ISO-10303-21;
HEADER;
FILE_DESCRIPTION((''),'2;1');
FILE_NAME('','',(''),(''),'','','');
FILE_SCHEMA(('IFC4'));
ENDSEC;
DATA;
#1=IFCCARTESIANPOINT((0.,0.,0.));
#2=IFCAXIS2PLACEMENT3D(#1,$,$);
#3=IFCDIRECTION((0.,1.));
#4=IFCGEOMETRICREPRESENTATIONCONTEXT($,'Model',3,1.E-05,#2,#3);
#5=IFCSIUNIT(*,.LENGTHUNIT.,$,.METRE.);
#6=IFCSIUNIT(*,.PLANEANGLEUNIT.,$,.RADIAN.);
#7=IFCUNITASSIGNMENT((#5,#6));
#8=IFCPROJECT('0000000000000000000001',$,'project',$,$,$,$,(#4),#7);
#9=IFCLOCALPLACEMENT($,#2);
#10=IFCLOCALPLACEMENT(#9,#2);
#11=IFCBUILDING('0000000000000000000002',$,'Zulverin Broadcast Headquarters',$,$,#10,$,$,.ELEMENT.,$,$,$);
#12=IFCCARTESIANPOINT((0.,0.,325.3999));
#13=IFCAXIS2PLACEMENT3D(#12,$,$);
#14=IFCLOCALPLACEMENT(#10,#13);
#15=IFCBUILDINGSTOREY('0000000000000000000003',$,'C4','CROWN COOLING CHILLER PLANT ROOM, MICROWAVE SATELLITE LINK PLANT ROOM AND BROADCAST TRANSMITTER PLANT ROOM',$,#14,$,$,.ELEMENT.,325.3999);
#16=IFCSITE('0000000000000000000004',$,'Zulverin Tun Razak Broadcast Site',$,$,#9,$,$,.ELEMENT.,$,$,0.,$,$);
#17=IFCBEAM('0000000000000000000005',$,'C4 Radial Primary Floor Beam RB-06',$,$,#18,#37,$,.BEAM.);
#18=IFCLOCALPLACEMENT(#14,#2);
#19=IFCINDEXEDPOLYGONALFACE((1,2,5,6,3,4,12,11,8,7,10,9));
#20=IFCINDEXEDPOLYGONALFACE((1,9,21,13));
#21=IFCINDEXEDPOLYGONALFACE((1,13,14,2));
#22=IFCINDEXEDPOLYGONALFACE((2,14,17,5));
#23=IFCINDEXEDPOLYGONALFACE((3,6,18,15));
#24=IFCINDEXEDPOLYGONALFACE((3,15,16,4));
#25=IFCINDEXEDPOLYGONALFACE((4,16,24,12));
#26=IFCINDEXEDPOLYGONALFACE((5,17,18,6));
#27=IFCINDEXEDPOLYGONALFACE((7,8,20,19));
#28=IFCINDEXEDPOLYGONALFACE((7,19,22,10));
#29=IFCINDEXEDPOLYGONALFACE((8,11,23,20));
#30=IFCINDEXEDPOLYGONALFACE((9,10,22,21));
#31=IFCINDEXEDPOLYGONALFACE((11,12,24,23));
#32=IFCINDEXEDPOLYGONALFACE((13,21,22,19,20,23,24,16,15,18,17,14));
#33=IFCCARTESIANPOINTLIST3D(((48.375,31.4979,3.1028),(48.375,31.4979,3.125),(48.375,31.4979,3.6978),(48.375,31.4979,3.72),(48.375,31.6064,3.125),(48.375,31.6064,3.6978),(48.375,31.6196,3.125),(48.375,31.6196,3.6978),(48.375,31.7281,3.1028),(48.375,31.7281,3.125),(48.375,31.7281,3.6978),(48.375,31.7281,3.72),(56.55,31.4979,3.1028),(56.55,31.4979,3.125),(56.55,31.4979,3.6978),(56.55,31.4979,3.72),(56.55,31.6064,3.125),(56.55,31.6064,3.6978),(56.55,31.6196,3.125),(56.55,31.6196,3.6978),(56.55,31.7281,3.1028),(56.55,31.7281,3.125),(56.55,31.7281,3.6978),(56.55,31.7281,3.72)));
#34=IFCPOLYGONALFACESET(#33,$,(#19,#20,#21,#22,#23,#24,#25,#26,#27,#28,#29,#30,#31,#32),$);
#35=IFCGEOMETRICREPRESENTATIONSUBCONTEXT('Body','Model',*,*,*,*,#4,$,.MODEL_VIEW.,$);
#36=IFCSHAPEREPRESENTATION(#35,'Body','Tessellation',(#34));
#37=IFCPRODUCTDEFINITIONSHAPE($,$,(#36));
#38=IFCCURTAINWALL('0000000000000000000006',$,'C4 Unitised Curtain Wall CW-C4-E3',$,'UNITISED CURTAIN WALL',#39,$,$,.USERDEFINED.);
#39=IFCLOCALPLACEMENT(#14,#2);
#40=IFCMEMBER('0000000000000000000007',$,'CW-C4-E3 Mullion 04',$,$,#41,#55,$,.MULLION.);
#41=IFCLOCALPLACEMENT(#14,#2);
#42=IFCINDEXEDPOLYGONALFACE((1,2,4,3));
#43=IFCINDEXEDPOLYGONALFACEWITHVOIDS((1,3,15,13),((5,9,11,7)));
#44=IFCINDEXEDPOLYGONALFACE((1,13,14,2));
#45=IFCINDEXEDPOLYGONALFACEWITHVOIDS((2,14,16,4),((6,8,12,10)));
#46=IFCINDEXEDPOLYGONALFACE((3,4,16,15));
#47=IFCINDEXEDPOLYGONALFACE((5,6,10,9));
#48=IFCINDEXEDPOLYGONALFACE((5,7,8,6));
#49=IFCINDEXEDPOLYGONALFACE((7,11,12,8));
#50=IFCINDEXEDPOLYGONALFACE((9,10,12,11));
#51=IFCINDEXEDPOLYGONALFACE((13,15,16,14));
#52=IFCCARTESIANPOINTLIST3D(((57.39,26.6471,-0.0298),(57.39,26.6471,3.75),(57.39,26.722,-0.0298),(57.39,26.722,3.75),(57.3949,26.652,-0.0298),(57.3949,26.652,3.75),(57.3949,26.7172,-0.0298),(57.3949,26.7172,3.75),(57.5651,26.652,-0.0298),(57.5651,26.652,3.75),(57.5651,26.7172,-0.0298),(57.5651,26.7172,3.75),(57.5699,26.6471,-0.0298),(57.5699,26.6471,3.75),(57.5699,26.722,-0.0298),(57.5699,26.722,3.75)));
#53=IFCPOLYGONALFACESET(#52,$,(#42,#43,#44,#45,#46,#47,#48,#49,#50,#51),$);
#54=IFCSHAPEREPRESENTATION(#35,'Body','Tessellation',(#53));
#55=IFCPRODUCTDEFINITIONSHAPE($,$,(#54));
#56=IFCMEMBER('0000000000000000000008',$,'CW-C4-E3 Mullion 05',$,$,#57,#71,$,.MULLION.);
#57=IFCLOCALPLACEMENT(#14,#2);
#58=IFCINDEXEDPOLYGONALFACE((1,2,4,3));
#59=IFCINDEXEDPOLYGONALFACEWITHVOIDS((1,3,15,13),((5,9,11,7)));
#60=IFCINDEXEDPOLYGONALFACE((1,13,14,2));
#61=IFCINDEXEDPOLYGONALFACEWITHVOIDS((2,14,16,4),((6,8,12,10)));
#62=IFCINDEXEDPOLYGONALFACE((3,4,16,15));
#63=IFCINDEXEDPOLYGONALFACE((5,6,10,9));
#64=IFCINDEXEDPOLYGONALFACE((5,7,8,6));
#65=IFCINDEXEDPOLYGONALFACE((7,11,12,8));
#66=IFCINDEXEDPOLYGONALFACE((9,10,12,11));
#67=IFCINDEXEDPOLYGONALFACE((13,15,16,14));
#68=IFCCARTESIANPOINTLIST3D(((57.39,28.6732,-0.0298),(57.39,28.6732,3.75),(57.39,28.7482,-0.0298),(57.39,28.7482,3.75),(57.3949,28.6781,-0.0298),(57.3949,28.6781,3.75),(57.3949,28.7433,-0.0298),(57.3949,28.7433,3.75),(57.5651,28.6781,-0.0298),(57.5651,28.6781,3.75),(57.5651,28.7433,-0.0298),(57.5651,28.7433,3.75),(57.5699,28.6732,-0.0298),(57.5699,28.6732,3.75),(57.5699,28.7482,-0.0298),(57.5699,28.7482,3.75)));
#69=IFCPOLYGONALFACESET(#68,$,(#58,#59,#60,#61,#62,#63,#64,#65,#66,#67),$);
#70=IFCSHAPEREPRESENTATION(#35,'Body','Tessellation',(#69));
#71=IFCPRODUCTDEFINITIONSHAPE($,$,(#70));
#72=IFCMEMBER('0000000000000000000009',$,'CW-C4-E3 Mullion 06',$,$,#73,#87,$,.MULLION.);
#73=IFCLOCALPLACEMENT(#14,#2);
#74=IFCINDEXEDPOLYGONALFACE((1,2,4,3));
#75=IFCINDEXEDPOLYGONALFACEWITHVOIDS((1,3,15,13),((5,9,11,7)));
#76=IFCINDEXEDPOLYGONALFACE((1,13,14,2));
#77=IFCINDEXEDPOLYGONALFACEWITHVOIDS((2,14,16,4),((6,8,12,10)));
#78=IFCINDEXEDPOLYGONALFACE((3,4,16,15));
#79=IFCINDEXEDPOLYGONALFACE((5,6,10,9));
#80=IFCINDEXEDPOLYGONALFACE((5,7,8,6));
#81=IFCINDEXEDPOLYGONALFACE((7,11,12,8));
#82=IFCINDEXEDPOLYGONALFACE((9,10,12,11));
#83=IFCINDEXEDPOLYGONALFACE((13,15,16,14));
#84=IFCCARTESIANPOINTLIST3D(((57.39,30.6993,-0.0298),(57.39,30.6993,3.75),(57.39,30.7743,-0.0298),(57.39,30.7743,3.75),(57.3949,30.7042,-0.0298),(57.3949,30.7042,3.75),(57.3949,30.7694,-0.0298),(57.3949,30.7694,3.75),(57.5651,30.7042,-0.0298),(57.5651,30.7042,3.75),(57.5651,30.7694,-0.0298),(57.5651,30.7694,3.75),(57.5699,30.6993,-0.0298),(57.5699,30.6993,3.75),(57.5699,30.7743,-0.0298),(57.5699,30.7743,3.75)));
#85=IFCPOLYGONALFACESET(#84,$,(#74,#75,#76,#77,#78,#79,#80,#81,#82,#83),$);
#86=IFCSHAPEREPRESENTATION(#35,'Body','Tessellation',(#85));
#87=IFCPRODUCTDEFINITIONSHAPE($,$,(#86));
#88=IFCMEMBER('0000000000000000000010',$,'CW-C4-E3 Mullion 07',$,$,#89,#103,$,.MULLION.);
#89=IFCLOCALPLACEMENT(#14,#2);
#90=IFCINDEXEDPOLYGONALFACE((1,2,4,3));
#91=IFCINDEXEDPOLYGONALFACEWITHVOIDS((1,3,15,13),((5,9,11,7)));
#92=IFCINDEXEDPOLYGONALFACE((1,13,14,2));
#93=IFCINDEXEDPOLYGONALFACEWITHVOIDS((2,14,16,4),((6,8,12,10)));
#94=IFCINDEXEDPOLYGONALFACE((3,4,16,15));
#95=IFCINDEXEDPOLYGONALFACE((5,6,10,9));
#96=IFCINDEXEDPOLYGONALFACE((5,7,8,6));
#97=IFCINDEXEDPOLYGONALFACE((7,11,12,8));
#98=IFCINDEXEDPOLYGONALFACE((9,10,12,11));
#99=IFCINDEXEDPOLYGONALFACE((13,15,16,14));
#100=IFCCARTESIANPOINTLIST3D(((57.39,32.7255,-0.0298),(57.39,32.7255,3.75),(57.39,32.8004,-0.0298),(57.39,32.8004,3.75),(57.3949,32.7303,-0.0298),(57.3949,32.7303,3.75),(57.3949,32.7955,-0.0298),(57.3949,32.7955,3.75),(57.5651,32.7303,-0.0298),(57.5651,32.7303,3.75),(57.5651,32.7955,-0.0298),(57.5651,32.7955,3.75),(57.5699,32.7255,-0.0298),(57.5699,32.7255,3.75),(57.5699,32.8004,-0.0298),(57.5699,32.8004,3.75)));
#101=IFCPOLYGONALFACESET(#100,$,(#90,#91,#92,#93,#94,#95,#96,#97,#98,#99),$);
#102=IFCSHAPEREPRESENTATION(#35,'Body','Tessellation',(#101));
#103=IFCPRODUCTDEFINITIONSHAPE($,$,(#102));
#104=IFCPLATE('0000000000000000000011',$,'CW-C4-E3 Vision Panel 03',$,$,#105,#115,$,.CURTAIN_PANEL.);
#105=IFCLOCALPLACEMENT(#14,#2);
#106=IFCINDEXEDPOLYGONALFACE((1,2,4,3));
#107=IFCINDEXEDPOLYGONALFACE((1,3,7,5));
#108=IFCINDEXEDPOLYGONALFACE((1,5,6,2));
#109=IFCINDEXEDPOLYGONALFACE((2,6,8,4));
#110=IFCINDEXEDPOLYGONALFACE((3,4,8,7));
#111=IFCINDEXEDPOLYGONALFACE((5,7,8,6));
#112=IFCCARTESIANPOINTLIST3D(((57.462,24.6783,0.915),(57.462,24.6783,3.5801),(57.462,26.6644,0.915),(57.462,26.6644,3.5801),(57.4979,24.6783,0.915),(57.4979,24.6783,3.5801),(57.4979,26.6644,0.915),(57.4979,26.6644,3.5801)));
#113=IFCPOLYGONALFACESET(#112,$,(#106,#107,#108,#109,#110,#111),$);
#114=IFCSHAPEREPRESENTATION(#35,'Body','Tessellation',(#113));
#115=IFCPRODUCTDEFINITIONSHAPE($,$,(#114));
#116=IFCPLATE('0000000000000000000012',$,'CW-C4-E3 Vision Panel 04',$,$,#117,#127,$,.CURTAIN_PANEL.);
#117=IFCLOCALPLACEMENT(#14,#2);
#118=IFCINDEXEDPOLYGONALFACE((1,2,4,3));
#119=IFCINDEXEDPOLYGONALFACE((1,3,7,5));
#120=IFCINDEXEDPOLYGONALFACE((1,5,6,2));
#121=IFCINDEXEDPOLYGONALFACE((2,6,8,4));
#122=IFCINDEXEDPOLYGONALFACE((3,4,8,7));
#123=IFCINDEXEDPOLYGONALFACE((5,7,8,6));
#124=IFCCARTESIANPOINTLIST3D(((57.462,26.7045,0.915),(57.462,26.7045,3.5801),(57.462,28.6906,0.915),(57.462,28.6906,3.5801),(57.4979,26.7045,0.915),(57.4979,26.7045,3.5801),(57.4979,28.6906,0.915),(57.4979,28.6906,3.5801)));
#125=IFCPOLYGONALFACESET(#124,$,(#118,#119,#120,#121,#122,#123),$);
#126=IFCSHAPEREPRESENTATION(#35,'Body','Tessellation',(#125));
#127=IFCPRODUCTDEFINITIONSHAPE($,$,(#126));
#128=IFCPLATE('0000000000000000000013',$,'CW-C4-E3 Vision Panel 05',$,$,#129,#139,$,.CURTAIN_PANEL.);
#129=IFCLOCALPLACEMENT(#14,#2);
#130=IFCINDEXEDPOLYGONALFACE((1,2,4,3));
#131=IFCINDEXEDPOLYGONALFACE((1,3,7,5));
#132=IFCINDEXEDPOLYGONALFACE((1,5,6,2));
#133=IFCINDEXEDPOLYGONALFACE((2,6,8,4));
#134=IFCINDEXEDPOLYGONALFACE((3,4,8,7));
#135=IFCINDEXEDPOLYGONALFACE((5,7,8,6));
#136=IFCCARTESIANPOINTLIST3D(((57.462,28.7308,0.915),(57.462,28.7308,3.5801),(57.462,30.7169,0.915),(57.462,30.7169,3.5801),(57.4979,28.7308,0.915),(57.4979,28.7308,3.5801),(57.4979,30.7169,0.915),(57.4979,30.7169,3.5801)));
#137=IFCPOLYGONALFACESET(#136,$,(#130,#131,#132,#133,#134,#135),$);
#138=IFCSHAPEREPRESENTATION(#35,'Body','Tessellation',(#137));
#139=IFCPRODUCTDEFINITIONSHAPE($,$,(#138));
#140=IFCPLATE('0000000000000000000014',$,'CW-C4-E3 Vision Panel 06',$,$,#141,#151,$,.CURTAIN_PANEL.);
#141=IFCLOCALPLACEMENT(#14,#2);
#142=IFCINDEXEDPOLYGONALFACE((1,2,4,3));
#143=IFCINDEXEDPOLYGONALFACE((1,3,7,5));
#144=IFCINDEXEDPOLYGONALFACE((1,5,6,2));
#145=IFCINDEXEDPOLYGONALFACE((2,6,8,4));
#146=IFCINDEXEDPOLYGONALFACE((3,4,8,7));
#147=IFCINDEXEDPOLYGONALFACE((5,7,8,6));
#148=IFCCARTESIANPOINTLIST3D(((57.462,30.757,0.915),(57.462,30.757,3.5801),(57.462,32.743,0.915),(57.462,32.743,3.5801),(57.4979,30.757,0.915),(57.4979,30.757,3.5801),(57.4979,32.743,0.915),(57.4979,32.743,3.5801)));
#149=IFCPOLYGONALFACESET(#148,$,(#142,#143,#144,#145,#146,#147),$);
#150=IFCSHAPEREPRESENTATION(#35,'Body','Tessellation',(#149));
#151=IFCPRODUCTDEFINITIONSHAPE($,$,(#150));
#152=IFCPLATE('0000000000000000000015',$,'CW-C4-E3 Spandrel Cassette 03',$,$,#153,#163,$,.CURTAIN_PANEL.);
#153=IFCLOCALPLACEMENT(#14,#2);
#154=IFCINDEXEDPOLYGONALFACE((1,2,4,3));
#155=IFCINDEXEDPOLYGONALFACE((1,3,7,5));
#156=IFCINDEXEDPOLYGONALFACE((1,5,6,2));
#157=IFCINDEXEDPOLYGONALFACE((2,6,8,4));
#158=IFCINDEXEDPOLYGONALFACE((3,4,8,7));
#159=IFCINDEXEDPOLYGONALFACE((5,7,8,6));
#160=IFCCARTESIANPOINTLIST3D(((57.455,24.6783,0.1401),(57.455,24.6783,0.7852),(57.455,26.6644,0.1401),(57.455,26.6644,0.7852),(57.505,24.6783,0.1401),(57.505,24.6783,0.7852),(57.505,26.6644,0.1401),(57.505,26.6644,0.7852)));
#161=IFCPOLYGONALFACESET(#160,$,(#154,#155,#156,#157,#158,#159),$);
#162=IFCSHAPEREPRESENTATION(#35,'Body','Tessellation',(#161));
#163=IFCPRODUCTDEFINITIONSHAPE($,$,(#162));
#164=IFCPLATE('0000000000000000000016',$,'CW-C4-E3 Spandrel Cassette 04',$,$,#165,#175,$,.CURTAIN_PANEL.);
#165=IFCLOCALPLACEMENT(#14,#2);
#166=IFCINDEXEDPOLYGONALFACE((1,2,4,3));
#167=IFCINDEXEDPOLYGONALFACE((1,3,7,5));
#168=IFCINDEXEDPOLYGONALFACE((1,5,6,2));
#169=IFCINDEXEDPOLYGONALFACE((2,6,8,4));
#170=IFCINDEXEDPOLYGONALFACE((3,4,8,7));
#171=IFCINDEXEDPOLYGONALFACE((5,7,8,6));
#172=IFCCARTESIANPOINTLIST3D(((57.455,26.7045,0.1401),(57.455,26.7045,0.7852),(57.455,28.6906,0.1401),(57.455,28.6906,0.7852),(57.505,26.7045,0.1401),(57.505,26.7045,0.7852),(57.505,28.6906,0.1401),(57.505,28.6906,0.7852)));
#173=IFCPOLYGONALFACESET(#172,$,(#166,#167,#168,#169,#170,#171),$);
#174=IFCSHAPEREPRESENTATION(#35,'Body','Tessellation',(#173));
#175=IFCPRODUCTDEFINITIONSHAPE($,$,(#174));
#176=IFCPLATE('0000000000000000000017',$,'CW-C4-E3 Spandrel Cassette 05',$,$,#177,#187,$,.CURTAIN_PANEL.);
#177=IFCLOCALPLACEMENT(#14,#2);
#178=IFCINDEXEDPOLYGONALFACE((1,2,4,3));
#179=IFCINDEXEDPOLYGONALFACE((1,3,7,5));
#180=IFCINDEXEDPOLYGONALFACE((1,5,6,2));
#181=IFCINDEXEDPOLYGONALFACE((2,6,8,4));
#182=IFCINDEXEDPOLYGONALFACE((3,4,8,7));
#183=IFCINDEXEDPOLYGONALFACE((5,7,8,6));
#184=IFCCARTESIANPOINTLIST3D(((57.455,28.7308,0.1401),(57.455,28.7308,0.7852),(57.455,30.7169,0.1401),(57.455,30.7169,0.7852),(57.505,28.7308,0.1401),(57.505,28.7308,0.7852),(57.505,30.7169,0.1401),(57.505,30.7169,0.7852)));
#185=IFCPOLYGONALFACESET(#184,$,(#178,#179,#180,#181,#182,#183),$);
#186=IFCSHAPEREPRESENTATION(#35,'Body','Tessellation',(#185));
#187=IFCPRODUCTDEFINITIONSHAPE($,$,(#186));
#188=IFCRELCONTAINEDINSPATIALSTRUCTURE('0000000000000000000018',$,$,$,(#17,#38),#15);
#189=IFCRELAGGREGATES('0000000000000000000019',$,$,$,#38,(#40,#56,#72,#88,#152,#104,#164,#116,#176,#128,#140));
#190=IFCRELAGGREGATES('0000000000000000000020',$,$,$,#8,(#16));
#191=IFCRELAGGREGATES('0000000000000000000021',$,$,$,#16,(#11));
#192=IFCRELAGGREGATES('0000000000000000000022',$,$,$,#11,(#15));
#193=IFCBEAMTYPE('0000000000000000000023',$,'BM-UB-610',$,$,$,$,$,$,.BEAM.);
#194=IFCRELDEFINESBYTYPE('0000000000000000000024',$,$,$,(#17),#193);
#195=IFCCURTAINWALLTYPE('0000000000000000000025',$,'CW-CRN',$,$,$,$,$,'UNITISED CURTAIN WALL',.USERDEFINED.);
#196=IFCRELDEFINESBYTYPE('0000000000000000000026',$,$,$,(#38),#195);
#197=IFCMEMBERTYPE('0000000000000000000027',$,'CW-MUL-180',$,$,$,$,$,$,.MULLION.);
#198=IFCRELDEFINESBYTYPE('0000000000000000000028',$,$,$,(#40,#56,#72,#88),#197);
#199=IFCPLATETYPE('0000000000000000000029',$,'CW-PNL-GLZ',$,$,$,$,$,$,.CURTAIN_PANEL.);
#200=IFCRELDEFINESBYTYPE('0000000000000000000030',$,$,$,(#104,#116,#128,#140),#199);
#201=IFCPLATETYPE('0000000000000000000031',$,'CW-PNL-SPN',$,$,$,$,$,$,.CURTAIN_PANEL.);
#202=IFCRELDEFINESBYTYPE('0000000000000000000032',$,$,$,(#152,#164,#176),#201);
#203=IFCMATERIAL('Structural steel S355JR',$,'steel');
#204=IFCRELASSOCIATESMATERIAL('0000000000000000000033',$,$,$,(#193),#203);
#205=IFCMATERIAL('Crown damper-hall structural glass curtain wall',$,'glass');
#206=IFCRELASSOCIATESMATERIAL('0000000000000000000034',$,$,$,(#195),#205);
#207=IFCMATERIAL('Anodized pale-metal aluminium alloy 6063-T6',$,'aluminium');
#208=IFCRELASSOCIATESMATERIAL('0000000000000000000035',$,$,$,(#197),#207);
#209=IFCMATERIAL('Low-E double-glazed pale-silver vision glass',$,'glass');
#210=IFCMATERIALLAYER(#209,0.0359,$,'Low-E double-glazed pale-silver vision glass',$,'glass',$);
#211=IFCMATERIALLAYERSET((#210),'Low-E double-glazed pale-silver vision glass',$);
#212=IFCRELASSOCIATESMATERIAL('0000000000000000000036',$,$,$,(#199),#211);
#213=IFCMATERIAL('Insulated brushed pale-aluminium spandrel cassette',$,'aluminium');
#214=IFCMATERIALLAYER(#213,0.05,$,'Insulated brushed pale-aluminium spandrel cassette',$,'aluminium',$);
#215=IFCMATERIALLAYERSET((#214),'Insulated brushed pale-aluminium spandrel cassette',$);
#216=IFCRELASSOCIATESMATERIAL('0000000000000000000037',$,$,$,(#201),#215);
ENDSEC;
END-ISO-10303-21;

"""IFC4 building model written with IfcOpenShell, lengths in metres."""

from ifc_helpers import new_model, si_unit, direction, frame, origin, origin_2d, place, context, subcontext, project, spatial, rectangle, hollow_rectangle, i_section, extrude, material, layer, layer_set, material_profile, profile_set, type_object, element, aggregate, save


model = new_model("IFC4")

# Units and contexts
model_context = context("Model", 3, precision=1e-05, world=origin(), true_north=direction((0.0, 1.0)))
body_context = subcontext(model_context, "Body", "Model", "MODEL_VIEW")
ifc_project = project(units=[si_unit("LENGTHUNIT", "METRE"), si_unit("PLANEANGLEUNIT", "RADIAN")], contexts=[model_context])

# Site, building, storey
site_placement = place(None, origin())
site = spatial("IfcSite", under=ifc_project, at=site_placement, Name="Zulverin Tun Razak Broadcast Site", CompositionType="ELEMENT", RefElevation=0.0)
building_placement = place(site_placement, origin())
building = spatial("IfcBuilding", under=site, at=building_placement, Name="Zulverin Broadcast Headquarters", CompositionType="ELEMENT")
storey_placement = place(building_placement, frame((0.0, 0.0, 325.3999)))
storey = spatial("IfcBuildingStorey", under=building, at=storey_placement, Name="C4", Description="CROWN COOLING CHILLER PLANT ROOM, MICROWAVE SATELLITE LINK PLANT ROOM AND BROADCAST TRANSMITTER PLANT ROOM", CompositionType="ELEMENT", Elevation=325.3999)

# Shared definitions
ifc_material_1 = material(Name="Structural steel S355JR", Category="steel")

# Beam
ifc_material_profile_1 = material_profile(ifc_material_1, i_section(OverallWidth=0.2302, OverallDepth=0.6172, WebThickness=0.0132, FlangeThickness=0.0222, at=origin_2d()), Name="Structural steel S355JR", Category="steel")
ifc_profile_set_1 = profile_set([ifc_material_profile_1], Name="Structural steel S355JR")
beam_type_1 = type_object("IfcBeamType", Name="BM-UB-610", PredefinedType="BEAM", material=ifc_profile_set_1)
beam_1_placement = place(storey_placement, frame((48.375, 31.613, 3.4114), z_axis=(1.0, 0.0, 0.0), x_axis=(0.0, 1.0, 0.0)))
element("IfcBeam", 1, at=beam_1_placement, inside=storey, type_object=beam_type_1, Name="C4 Radial Primary Floor Beam RB-06", PredefinedType="BEAM", context=body_context, shape_type="SweptSolid", body=[
    extrude(i_section(OverallWidth=0.2302, OverallDepth=0.6172, WebThickness=0.0132, FlangeThickness=0.0222, at=origin_2d()), origin(), (0.0, 0.0, 1.0), 8.175),
])

# Curtain wall, members, plates
ifc_material_2 = material(Name="Crown damper-hall structural glass curtain wall", Category="glass")
curtain_wall_type = type_object("IfcCurtainWallType", Name="CW-CRN", ElementType="UNITISED CURTAIN WALL", PredefinedType="USERDEFINED", material=ifc_material_2)
curtain_wall_placement = place(storey_placement, origin())
curtain_wall = element("IfcCurtainWall", 2, at=curtain_wall_placement, inside=storey, type_object=curtain_wall_type, Name="C4 Unitised Curtain Wall CW-C4-E3", ObjectType="UNITISED CURTAIN WALL", PredefinedType="USERDEFINED")
ifc_material_3 = material(Name="Anodized pale-metal aluminium alloy 6063-T6", Category="aluminium")
ifc_material_profile_2 = material_profile(ifc_material_3, hollow_rectangle(XDim=0.075, YDim=0.1799, WallThickness=0.0049, at=origin_2d()), Name="Anodized pale-metal aluminium alloy 6063-T6", Category="aluminium")
ifc_profile_set_2 = profile_set([ifc_material_profile_2], Name="Anodized pale-metal aluminium alloy 6063-T6")
member_type = type_object("IfcMemberType", Name="CW-MUL-180", PredefinedType="MULLION", material=ifc_profile_set_2)
member_1_placement = place(storey_placement, frame((57.48, 26.6846, -0.0298), z_axis=(0.0, 0.0, 1.0), x_axis=(0.0, 1.0, 0.0)))
member_1 = element("IfcMember", 3, at=member_1_placement, type_object=member_type, Name="CW-C4-E3 Mullion 04", PredefinedType="MULLION", context=body_context, shape_type="SweptSolid", body=[
    extrude(hollow_rectangle(XDim=0.075, YDim=0.1799, WallThickness=0.0049, at=origin_2d()), origin(), (0.0, 0.0, 1.0), 3.7798),
])
member_2_placement = place(storey_placement, frame((57.48, 28.7107, -0.0298), z_axis=(0.0, 0.0, 1.0), x_axis=(0.0, 1.0, 0.0)))
member_2 = element("IfcMember", 4, at=member_2_placement, type_object=member_type, Name="CW-C4-E3 Mullion 05", PredefinedType="MULLION", context=body_context, shape_type="SweptSolid", body=[
    extrude(hollow_rectangle(XDim=0.075, YDim=0.1799, WallThickness=0.0049, at=origin_2d()), origin(), (0.0, 0.0, 1.0), 3.7798),
])
member_3_placement = place(storey_placement, frame((57.48, 30.7368, -0.0298), z_axis=(0.0, 0.0, 1.0), x_axis=(0.0, 1.0, 0.0)))
member_3 = element("IfcMember", 5, at=member_3_placement, type_object=member_type, Name="CW-C4-E3 Mullion 06", PredefinedType="MULLION", context=body_context, shape_type="SweptSolid", body=[
    extrude(hollow_rectangle(XDim=0.075, YDim=0.1799, WallThickness=0.0049, at=origin_2d()), origin(), (0.0, 0.0, 1.0), 3.7798),
])
member_4_placement = place(storey_placement, frame((57.48, 32.7629, -0.0298), z_axis=(0.0, 0.0, 1.0), x_axis=(0.0, 1.0, 0.0)))
member_4 = element("IfcMember", 6, at=member_4_placement, type_object=member_type, Name="CW-C4-E3 Mullion 07", PredefinedType="MULLION", context=body_context, shape_type="SweptSolid", body=[
    extrude(hollow_rectangle(XDim=0.075, YDim=0.1799, WallThickness=0.0049, at=origin_2d()), origin(), (0.0, 0.0, 1.0), 3.7798),
])
ifc_material_4 = material(Name="Low-E double-glazed pale-silver vision glass", Category="glass")
ifc_layer_1 = layer(ifc_material_4, 0.0359, Name="Low-E double-glazed pale-silver vision glass", Category="glass")
ifc_layer_set_1 = layer_set([ifc_layer_1], Name="Low-E double-glazed pale-silver vision glass")
plate_type_1 = type_object("IfcPlateType", Name="CW-PNL-GLZ", PredefinedType="CURTAIN_PANEL", material=ifc_layer_set_1)
plate_1_placement = place(storey_placement, frame((57.48, 25.6714, 0.915), z_axis=(0.0, 0.0, 1.0), x_axis=(0.0, 1.0, 0.0)))
plate_1 = element("IfcPlate", 7, at=plate_1_placement, type_object=plate_type_1, Name="CW-C4-E3 Vision Panel 03", PredefinedType="CURTAIN_PANEL", context=body_context, shape_type="SweptSolid", body=[
    extrude(rectangle(XDim=1.9861, YDim=0.0359, at=origin_2d()), origin(), (0.0, 0.0, 1.0), 2.665),
])
plate_2_placement = place(storey_placement, frame((57.48, 27.6975, 0.915), z_axis=(0.0, 0.0, 1.0), x_axis=(0.0, 1.0, 0.0)))
plate_2 = element("IfcPlate", 8, at=plate_2_placement, type_object=plate_type_1, Name="CW-C4-E3 Vision Panel 04", PredefinedType="CURTAIN_PANEL", context=body_context, shape_type="SweptSolid", body=[
    extrude(rectangle(XDim=1.9861, YDim=0.0359, at=origin_2d()), origin(), (0.0, 0.0, 1.0), 2.665),
])
plate_3_placement = place(storey_placement, frame((57.48, 29.7239, 0.915), z_axis=(0.0, 0.0, 1.0), x_axis=(0.0, 1.0, 0.0)))
plate_3 = element("IfcPlate", 9, at=plate_3_placement, type_object=plate_type_1, Name="CW-C4-E3 Vision Panel 05", PredefinedType="CURTAIN_PANEL", context=body_context, shape_type="SweptSolid", body=[
    extrude(rectangle(XDim=1.9861, YDim=0.0359, at=origin_2d()), origin(), (0.0, 0.0, 1.0), 2.665),
])
plate_4_placement = place(storey_placement, frame((57.48, 31.75, 0.915), z_axis=(0.0, 0.0, 1.0), x_axis=(0.0, 1.0, 0.0)))
plate_4 = element("IfcPlate", 10, at=plate_4_placement, type_object=plate_type_1, Name="CW-C4-E3 Vision Panel 06", PredefinedType="CURTAIN_PANEL", context=body_context, shape_type="SweptSolid", body=[
    extrude(rectangle(XDim=1.9861, YDim=0.0359, at=origin_2d()), origin(), (0.0, 0.0, 1.0), 2.665),
])
ifc_material_5 = material(Name="Insulated brushed pale-aluminium spandrel cassette", Category="aluminium")
ifc_layer_2 = layer(ifc_material_5, 0.05, Name="Insulated brushed pale-aluminium spandrel cassette", Category="aluminium")
ifc_layer_set_2 = layer_set([ifc_layer_2], Name="Insulated brushed pale-aluminium spandrel cassette")
plate_type_2 = type_object("IfcPlateType", Name="CW-PNL-SPN", PredefinedType="CURTAIN_PANEL", material=ifc_layer_set_2)
plate_5_placement = place(storey_placement, frame((57.48, 25.6714, 0.1401), z_axis=(0.0, 0.0, 1.0), x_axis=(0.0, 1.0, 0.0)))
plate_5 = element("IfcPlate", 11, at=plate_5_placement, type_object=plate_type_2, Name="CW-C4-E3 Spandrel Cassette 03", PredefinedType="CURTAIN_PANEL", context=body_context, shape_type="SweptSolid", body=[
    extrude(rectangle(XDim=1.9861, YDim=0.05, at=origin_2d()), origin(), (0.0, 0.0, 1.0), 0.645),
])
plate_6_placement = place(storey_placement, frame((57.48, 27.6975, 0.1401), z_axis=(0.0, 0.0, 1.0), x_axis=(0.0, 1.0, 0.0)))
plate_6 = element("IfcPlate", 12, at=plate_6_placement, type_object=plate_type_2, Name="CW-C4-E3 Spandrel Cassette 04", PredefinedType="CURTAIN_PANEL", context=body_context, shape_type="SweptSolid", body=[
    extrude(rectangle(XDim=1.9861, YDim=0.05, at=origin_2d()), origin(), (0.0, 0.0, 1.0), 0.645),
])
plate_7_placement = place(storey_placement, frame((57.48, 29.7239, 0.1401), z_axis=(0.0, 0.0, 1.0), x_axis=(0.0, 1.0, 0.0)))
plate_7 = element("IfcPlate", 13, at=plate_7_placement, type_object=plate_type_2, Name="CW-C4-E3 Spandrel Cassette 05", PredefinedType="CURTAIN_PANEL", context=body_context, shape_type="SweptSolid", body=[
    extrude(rectangle(XDim=1.9861, YDim=0.05, at=origin_2d()), origin(), (0.0, 0.0, 1.0), 0.645),
])
aggregate(curtain_wall, [member_1, member_2, member_3, member_4, plate_5, plate_1, plate_6, plate_2, plate_7, plate_3, plate_4])

save(model, "model.ifc")
